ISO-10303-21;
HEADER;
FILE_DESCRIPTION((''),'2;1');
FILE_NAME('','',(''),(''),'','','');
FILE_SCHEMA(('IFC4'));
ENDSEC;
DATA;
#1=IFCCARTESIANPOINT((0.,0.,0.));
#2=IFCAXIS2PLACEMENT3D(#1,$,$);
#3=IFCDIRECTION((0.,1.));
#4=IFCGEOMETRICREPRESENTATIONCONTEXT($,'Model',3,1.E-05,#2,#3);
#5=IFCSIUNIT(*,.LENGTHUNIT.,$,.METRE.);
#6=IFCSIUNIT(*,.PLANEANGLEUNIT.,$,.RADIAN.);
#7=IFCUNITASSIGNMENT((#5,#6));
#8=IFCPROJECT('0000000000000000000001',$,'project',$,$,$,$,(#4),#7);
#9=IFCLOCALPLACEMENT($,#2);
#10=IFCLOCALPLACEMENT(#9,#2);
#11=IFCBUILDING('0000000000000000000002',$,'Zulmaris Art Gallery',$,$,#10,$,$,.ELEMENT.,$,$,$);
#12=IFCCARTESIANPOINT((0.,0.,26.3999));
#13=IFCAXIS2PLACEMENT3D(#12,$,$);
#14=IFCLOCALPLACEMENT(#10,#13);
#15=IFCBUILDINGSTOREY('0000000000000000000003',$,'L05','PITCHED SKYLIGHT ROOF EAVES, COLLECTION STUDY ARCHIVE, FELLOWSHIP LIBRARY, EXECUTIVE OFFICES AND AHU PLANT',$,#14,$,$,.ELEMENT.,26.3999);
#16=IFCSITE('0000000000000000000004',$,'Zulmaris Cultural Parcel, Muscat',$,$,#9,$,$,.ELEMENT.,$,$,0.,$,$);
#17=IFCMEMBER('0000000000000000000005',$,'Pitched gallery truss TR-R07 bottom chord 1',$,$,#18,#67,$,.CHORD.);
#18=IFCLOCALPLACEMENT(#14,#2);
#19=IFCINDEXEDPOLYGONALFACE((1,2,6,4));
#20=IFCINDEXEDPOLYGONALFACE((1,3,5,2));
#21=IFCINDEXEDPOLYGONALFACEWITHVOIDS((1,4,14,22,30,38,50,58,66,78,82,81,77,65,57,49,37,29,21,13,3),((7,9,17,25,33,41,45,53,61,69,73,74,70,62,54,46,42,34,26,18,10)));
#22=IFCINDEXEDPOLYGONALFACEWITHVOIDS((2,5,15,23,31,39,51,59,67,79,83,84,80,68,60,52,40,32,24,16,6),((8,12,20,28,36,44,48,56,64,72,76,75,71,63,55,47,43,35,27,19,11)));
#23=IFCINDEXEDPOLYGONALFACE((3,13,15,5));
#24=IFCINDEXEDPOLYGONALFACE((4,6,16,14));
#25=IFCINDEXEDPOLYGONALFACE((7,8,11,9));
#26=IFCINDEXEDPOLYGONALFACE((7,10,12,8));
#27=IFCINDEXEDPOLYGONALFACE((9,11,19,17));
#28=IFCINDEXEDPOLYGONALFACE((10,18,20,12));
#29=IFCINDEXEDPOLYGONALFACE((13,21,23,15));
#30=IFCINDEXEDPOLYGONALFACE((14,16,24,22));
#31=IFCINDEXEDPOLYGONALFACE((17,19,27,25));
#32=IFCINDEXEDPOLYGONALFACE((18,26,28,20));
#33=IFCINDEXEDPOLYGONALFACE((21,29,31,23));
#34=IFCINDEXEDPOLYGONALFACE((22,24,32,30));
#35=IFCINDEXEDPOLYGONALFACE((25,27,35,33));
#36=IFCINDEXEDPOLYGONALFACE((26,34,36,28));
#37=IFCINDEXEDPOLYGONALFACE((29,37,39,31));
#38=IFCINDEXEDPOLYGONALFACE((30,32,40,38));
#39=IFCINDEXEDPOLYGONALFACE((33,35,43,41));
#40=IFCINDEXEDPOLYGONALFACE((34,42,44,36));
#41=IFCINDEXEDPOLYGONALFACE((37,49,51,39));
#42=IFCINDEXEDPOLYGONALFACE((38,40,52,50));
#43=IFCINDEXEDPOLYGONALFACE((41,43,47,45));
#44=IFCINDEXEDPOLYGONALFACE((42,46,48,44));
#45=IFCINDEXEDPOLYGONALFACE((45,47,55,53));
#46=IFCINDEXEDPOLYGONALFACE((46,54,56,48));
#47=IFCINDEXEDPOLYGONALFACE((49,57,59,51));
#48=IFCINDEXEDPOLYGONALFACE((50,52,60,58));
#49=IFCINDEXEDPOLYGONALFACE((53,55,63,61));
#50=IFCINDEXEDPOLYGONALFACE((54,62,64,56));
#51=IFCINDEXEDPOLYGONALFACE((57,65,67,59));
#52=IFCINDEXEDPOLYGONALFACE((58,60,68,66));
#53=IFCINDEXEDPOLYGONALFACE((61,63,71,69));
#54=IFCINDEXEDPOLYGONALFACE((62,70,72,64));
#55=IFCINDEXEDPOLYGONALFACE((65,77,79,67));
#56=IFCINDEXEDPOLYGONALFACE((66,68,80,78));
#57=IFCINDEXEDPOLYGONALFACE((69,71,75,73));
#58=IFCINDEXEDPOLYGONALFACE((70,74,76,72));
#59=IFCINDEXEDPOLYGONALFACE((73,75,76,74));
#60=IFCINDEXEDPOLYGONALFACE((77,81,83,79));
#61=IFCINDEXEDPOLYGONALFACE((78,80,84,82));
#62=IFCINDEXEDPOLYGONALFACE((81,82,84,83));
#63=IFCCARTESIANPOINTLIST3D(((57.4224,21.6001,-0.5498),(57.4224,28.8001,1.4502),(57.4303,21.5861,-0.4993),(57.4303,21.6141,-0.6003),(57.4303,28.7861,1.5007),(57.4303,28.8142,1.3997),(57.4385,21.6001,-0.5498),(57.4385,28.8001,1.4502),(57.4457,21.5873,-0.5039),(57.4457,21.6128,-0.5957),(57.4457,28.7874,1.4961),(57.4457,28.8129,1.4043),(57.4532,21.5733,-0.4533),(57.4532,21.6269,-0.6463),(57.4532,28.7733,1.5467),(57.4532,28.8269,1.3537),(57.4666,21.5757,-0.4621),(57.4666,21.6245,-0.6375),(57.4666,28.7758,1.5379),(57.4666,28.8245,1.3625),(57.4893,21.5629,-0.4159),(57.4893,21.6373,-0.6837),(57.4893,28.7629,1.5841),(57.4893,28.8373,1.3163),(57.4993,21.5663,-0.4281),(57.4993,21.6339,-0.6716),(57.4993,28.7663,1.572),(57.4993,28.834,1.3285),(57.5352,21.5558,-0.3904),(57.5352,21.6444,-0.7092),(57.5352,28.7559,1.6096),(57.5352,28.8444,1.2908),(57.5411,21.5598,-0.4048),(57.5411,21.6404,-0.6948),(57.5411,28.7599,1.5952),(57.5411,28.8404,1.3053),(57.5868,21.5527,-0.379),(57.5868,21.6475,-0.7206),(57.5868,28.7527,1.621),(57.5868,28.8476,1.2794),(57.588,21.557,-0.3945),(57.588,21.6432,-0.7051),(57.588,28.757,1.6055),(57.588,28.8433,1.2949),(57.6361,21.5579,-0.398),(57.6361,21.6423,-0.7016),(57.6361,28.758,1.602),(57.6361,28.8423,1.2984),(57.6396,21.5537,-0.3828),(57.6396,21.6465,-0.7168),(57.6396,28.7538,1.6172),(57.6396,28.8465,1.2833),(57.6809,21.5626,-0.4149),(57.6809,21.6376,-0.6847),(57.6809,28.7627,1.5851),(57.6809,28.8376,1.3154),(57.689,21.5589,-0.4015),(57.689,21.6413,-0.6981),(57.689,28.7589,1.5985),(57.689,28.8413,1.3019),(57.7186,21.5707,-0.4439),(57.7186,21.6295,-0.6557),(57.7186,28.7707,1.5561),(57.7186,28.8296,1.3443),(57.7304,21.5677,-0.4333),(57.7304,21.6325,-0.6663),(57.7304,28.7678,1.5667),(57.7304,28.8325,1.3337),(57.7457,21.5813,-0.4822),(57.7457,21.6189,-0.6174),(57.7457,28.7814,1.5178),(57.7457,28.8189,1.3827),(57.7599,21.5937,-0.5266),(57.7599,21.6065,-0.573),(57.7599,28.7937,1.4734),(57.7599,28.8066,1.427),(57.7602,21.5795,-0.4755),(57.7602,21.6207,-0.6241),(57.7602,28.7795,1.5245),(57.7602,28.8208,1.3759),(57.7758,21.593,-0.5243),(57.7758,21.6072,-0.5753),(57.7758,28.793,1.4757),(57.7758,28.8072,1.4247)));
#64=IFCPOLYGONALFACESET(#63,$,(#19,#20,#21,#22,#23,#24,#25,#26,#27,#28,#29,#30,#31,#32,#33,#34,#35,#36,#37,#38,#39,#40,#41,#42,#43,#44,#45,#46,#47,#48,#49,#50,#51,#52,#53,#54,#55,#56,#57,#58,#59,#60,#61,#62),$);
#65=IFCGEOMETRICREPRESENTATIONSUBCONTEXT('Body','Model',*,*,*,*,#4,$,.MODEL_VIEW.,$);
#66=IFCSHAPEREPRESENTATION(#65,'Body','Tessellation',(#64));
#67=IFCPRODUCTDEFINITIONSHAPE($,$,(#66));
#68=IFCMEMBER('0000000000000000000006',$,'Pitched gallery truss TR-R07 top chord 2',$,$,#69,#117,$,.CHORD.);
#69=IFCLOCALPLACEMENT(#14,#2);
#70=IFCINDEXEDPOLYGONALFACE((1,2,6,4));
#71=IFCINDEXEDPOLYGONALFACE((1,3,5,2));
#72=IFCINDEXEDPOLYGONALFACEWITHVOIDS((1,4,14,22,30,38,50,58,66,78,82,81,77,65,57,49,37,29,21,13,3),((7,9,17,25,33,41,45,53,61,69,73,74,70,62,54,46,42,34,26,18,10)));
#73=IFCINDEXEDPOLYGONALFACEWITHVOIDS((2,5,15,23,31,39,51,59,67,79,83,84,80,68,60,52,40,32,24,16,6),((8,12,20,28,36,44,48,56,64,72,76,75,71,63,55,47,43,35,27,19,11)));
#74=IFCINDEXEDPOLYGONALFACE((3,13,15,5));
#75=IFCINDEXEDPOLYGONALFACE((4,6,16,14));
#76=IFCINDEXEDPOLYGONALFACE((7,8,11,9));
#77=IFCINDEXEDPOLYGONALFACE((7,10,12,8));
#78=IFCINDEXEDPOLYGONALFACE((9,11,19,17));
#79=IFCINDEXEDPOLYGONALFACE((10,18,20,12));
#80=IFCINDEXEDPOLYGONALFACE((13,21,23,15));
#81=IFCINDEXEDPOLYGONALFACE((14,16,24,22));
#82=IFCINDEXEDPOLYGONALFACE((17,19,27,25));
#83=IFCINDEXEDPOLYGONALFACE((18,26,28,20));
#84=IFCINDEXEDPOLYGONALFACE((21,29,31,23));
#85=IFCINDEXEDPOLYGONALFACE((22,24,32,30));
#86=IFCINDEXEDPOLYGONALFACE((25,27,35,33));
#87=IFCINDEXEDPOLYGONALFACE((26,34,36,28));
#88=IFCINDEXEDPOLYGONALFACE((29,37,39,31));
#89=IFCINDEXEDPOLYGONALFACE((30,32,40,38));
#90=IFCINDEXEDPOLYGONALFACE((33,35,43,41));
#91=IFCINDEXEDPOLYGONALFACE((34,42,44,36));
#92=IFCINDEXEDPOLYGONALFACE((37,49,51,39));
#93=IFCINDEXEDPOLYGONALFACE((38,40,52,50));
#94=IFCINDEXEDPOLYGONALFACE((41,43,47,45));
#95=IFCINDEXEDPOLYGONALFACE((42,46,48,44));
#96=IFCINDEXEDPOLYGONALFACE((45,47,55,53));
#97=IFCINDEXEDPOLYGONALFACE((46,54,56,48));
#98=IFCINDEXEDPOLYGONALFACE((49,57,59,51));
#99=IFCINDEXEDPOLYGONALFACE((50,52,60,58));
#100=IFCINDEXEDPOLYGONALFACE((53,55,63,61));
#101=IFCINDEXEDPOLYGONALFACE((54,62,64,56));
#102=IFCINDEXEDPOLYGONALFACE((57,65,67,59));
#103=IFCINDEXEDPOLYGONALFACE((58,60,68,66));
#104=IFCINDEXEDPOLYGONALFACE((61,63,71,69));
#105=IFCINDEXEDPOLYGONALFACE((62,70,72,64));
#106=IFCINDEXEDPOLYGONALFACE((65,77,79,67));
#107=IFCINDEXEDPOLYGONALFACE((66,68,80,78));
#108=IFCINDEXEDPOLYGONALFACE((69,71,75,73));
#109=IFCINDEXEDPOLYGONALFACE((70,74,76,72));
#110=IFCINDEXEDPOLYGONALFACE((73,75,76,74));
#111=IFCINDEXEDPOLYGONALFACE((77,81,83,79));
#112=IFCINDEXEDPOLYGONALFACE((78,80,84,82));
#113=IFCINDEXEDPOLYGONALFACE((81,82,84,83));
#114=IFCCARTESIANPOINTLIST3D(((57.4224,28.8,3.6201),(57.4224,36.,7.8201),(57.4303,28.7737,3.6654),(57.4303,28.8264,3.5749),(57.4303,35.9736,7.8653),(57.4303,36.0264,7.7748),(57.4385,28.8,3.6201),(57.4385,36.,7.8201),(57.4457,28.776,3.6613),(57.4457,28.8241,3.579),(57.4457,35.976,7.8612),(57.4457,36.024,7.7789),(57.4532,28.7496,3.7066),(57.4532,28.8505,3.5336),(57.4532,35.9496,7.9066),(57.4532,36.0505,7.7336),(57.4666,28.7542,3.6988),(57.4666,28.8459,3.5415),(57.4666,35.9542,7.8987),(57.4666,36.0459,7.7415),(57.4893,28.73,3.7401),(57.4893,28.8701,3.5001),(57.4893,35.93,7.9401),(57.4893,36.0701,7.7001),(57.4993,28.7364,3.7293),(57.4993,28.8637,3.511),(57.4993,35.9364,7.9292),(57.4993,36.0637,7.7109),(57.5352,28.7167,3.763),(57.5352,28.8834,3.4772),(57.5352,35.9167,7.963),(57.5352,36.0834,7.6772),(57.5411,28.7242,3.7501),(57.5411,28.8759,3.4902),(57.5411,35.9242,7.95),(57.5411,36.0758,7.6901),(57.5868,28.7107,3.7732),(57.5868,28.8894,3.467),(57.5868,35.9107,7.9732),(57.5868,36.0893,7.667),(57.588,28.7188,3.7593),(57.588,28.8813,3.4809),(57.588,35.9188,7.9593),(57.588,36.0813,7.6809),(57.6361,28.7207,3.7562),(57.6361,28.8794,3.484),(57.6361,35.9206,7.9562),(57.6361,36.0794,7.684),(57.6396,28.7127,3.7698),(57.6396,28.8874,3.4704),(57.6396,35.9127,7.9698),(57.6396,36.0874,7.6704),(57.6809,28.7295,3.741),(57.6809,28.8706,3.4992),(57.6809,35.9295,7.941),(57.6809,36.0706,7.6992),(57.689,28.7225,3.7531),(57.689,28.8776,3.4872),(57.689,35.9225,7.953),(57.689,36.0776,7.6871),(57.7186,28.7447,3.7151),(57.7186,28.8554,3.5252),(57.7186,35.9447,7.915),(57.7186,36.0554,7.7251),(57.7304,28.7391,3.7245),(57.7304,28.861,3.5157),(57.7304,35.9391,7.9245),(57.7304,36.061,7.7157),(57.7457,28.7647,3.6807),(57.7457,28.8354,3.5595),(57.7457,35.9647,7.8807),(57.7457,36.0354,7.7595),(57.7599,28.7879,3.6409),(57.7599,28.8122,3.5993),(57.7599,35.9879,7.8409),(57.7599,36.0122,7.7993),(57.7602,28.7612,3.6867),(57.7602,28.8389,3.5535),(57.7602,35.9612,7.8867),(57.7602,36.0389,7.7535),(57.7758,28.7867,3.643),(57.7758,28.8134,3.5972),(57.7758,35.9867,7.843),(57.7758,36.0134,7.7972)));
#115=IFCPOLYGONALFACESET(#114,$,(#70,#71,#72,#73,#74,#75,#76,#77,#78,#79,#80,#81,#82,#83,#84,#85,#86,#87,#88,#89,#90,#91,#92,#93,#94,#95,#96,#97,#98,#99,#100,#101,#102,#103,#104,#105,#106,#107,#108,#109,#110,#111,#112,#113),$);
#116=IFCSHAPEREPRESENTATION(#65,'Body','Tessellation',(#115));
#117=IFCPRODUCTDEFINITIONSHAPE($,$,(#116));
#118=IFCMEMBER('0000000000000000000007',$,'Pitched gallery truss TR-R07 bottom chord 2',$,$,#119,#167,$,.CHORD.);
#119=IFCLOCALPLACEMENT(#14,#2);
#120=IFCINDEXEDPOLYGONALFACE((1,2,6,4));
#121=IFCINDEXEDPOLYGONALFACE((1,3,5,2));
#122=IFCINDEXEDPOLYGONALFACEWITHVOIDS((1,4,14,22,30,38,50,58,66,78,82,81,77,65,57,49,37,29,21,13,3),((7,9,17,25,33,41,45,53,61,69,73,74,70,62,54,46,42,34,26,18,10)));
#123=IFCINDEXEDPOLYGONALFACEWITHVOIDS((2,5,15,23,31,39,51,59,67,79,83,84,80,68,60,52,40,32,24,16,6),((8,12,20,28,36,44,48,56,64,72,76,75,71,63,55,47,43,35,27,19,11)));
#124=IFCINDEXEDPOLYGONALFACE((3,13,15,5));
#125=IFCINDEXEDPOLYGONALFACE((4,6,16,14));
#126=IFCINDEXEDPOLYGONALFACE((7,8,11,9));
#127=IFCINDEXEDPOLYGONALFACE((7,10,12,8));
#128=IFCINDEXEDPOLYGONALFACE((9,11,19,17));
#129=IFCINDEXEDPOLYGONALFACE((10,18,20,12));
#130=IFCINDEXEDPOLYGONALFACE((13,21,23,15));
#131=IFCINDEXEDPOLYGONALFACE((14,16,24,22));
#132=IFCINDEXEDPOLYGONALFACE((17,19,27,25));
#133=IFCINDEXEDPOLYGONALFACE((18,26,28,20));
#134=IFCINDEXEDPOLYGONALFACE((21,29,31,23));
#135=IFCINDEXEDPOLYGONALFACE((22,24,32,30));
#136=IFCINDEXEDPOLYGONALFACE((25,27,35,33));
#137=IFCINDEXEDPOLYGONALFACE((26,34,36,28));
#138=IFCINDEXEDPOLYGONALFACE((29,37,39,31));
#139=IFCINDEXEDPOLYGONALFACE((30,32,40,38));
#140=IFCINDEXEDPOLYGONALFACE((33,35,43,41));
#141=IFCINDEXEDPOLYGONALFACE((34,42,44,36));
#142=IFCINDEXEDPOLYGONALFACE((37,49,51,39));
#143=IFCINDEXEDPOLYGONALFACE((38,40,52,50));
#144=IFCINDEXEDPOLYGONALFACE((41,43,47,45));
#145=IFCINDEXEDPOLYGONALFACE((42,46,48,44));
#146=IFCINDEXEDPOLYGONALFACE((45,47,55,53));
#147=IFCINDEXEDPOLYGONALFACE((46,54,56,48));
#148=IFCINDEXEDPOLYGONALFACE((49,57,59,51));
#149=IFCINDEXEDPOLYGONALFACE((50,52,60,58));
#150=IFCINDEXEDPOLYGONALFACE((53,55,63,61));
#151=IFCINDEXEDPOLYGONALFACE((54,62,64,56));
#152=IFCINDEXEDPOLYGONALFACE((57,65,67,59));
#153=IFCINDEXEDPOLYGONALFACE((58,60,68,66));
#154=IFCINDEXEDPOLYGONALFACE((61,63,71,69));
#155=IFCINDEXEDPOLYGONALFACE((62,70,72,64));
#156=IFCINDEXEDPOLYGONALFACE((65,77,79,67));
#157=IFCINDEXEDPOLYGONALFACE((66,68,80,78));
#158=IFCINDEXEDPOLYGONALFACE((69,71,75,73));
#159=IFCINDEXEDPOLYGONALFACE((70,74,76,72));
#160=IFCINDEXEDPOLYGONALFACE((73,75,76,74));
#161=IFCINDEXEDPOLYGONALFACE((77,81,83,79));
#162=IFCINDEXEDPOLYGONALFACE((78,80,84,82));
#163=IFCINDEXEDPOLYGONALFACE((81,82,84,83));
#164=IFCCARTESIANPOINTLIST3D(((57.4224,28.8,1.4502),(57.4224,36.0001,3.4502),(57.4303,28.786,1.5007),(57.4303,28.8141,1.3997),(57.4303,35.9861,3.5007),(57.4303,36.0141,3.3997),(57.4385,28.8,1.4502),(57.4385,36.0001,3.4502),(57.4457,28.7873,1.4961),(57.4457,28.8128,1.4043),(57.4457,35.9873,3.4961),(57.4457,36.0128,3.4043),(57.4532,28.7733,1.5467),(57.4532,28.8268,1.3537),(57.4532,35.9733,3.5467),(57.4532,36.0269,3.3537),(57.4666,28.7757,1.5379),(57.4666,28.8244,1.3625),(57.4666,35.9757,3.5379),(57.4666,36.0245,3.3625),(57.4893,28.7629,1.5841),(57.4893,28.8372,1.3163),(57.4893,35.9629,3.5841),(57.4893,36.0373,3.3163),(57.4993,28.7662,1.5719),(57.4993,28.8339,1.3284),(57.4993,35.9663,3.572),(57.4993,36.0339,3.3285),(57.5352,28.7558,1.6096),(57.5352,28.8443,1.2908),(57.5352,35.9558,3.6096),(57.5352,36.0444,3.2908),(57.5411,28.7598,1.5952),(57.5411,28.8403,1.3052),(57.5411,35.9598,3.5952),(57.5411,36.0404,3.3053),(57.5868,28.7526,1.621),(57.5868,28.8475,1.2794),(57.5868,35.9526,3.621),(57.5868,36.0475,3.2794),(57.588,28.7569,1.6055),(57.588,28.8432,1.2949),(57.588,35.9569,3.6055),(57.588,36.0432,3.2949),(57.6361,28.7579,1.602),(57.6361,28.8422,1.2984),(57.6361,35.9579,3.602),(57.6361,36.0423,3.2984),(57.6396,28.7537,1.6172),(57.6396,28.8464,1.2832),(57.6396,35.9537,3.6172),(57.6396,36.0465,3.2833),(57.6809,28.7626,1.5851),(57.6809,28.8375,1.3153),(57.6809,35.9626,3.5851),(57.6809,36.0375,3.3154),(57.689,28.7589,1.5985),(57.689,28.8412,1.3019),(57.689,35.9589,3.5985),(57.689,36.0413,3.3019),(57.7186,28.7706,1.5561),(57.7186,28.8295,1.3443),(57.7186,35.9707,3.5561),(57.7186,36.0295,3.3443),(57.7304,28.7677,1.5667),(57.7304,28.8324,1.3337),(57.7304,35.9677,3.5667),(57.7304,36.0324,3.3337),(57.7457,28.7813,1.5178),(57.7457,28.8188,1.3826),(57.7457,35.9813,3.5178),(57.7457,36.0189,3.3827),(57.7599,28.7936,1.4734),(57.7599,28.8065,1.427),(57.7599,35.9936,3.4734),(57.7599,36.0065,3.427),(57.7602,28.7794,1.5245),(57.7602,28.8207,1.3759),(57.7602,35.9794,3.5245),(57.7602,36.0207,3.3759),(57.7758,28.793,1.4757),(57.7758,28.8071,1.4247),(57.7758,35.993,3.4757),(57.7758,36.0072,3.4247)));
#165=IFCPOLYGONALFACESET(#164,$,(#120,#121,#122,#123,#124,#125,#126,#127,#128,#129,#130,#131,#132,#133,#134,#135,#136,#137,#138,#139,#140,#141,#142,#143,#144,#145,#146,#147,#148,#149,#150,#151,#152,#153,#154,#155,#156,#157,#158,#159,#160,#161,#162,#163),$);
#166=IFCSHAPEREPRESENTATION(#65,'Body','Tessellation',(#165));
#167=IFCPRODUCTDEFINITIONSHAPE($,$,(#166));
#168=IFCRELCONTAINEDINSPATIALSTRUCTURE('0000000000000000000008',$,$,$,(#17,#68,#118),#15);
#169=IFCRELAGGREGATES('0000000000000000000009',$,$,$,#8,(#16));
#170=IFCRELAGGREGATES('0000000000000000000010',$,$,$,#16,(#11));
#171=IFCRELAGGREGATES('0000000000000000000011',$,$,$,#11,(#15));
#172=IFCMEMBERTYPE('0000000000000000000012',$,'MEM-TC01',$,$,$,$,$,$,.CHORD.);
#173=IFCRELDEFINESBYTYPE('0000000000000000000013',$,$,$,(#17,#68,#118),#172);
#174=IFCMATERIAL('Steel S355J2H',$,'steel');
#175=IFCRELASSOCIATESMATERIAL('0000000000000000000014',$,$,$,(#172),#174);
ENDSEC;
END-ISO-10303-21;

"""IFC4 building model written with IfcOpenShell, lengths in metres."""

from ifc_helpers import new_model, si_unit, direction, frame, origin, origin_2d, place, context, subcontext, project, spatial, hollow_circle, extrude, material, material_profile, profile_set, type_object, element, save


model = new_model("IFC4")

# Units and contexts
model_context = context("Model", 3, precision=1e-05, world=origin(), true_north=direction((0.0, 1.0)))
body_context = subcontext(model_context, "Body", "Model", "MODEL_VIEW")
ifc_project = project(units=[si_unit("LENGTHUNIT", "METRE"), si_unit("PLANEANGLEUNIT", "RADIAN")], contexts=[model_context])

# Site, building, storey
site_placement = place(None, origin())
site = spatial("IfcSite", under=ifc_project, at=site_placement, Name="Zulmaris Cultural Parcel, Muscat", CompositionType="ELEMENT", RefElevation=0.0)
building_placement = place(site_placement, origin())
building = spatial("IfcBuilding", under=site, at=building_placement, Name="Zulmaris Art Gallery", CompositionType="ELEMENT")
storey_placement = place(building_placement, frame((0.0, 0.0, 26.3999)))
storey = spatial("IfcBuildingStorey", under=building, at=storey_placement, Name="L05", Description="PITCHED SKYLIGHT ROOF EAVES, COLLECTION STUDY ARCHIVE, FELLOWSHIP LIBRARY, EXECUTIVE OFFICES AND AHU PLANT", CompositionType="ELEMENT", Elevation=26.3999)

# Members
ifc_material_1 = material(Name="Steel S355J2H", Category="steel")
ifc_material_profile_1 = material_profile(ifc_material_1, hollow_circle(Radius=0.1777, WallThickness=0.0161, at=origin_2d()), Name="CHS 355.6x16")
ifc_profile_set_1 = profile_set([ifc_material_profile_1], Name="Steel S355J2H")
member_type_1 = type_object("IfcMemberType", Name="MEM-TC01", PredefinedType="CHORD", material=ifc_profile_set_1)
member_1_placement = place(storey_placement, frame((57.6001, 21.6001, -0.5498), z_axis=(0.0, 0.963517, 0.267646), x_axis=(-1.0, 0.0, 0.0)))
element("IfcMember", 1, at=member_1_placement, inside=storey, type_object=member_type_1, Name="Pitched gallery truss TR-R07 bottom chord 1", PredefinedType="CHORD", context=body_context, shape_type="SweptSolid", body=[
    extrude(hollow_circle(Radius=0.1777, WallThickness=0.0161, at=origin_2d()), origin(), (0.0, 0.0, 1.0), 7.4727),
])
member_2_placement = place(storey_placement, frame((57.6001, 28.8, 3.6201), z_axis=(0.0, 0.86378, 0.503869), x_axis=(-1.0, 0.0, 0.0)))
element("IfcMember", 2, at=member_2_placement, inside=storey, type_object=member_type_1, Name="Pitched gallery truss TR-R07 top chord 2", PredefinedType="CHORD", context=body_context, shape_type="SweptSolid", body=[
    extrude(hollow_circle(Radius=0.1777, WallThickness=0.0161, at=origin_2d()), origin(), (0.0, 0.0, 1.0), 8.3354),
])
member_3_placement = place(storey_placement, frame((57.6001, 28.8, 1.4502), z_axis=(0.0, 0.963517, 0.267646), x_axis=(-1.0, 0.0, 0.0)))
element("IfcMember", 3, at=member_3_placement, inside=storey, type_object=member_type_1, Name="Pitched gallery truss TR-R07 bottom chord 2", PredefinedType="CHORD", context=body_context, shape_type="SweptSolid", body=[
    extrude(hollow_circle(Radius=0.1777, WallThickness=0.0161, at=origin_2d()), origin(), (0.0, 0.0, 1.0), 7.4727),
])

save(model, "model.ifc")
